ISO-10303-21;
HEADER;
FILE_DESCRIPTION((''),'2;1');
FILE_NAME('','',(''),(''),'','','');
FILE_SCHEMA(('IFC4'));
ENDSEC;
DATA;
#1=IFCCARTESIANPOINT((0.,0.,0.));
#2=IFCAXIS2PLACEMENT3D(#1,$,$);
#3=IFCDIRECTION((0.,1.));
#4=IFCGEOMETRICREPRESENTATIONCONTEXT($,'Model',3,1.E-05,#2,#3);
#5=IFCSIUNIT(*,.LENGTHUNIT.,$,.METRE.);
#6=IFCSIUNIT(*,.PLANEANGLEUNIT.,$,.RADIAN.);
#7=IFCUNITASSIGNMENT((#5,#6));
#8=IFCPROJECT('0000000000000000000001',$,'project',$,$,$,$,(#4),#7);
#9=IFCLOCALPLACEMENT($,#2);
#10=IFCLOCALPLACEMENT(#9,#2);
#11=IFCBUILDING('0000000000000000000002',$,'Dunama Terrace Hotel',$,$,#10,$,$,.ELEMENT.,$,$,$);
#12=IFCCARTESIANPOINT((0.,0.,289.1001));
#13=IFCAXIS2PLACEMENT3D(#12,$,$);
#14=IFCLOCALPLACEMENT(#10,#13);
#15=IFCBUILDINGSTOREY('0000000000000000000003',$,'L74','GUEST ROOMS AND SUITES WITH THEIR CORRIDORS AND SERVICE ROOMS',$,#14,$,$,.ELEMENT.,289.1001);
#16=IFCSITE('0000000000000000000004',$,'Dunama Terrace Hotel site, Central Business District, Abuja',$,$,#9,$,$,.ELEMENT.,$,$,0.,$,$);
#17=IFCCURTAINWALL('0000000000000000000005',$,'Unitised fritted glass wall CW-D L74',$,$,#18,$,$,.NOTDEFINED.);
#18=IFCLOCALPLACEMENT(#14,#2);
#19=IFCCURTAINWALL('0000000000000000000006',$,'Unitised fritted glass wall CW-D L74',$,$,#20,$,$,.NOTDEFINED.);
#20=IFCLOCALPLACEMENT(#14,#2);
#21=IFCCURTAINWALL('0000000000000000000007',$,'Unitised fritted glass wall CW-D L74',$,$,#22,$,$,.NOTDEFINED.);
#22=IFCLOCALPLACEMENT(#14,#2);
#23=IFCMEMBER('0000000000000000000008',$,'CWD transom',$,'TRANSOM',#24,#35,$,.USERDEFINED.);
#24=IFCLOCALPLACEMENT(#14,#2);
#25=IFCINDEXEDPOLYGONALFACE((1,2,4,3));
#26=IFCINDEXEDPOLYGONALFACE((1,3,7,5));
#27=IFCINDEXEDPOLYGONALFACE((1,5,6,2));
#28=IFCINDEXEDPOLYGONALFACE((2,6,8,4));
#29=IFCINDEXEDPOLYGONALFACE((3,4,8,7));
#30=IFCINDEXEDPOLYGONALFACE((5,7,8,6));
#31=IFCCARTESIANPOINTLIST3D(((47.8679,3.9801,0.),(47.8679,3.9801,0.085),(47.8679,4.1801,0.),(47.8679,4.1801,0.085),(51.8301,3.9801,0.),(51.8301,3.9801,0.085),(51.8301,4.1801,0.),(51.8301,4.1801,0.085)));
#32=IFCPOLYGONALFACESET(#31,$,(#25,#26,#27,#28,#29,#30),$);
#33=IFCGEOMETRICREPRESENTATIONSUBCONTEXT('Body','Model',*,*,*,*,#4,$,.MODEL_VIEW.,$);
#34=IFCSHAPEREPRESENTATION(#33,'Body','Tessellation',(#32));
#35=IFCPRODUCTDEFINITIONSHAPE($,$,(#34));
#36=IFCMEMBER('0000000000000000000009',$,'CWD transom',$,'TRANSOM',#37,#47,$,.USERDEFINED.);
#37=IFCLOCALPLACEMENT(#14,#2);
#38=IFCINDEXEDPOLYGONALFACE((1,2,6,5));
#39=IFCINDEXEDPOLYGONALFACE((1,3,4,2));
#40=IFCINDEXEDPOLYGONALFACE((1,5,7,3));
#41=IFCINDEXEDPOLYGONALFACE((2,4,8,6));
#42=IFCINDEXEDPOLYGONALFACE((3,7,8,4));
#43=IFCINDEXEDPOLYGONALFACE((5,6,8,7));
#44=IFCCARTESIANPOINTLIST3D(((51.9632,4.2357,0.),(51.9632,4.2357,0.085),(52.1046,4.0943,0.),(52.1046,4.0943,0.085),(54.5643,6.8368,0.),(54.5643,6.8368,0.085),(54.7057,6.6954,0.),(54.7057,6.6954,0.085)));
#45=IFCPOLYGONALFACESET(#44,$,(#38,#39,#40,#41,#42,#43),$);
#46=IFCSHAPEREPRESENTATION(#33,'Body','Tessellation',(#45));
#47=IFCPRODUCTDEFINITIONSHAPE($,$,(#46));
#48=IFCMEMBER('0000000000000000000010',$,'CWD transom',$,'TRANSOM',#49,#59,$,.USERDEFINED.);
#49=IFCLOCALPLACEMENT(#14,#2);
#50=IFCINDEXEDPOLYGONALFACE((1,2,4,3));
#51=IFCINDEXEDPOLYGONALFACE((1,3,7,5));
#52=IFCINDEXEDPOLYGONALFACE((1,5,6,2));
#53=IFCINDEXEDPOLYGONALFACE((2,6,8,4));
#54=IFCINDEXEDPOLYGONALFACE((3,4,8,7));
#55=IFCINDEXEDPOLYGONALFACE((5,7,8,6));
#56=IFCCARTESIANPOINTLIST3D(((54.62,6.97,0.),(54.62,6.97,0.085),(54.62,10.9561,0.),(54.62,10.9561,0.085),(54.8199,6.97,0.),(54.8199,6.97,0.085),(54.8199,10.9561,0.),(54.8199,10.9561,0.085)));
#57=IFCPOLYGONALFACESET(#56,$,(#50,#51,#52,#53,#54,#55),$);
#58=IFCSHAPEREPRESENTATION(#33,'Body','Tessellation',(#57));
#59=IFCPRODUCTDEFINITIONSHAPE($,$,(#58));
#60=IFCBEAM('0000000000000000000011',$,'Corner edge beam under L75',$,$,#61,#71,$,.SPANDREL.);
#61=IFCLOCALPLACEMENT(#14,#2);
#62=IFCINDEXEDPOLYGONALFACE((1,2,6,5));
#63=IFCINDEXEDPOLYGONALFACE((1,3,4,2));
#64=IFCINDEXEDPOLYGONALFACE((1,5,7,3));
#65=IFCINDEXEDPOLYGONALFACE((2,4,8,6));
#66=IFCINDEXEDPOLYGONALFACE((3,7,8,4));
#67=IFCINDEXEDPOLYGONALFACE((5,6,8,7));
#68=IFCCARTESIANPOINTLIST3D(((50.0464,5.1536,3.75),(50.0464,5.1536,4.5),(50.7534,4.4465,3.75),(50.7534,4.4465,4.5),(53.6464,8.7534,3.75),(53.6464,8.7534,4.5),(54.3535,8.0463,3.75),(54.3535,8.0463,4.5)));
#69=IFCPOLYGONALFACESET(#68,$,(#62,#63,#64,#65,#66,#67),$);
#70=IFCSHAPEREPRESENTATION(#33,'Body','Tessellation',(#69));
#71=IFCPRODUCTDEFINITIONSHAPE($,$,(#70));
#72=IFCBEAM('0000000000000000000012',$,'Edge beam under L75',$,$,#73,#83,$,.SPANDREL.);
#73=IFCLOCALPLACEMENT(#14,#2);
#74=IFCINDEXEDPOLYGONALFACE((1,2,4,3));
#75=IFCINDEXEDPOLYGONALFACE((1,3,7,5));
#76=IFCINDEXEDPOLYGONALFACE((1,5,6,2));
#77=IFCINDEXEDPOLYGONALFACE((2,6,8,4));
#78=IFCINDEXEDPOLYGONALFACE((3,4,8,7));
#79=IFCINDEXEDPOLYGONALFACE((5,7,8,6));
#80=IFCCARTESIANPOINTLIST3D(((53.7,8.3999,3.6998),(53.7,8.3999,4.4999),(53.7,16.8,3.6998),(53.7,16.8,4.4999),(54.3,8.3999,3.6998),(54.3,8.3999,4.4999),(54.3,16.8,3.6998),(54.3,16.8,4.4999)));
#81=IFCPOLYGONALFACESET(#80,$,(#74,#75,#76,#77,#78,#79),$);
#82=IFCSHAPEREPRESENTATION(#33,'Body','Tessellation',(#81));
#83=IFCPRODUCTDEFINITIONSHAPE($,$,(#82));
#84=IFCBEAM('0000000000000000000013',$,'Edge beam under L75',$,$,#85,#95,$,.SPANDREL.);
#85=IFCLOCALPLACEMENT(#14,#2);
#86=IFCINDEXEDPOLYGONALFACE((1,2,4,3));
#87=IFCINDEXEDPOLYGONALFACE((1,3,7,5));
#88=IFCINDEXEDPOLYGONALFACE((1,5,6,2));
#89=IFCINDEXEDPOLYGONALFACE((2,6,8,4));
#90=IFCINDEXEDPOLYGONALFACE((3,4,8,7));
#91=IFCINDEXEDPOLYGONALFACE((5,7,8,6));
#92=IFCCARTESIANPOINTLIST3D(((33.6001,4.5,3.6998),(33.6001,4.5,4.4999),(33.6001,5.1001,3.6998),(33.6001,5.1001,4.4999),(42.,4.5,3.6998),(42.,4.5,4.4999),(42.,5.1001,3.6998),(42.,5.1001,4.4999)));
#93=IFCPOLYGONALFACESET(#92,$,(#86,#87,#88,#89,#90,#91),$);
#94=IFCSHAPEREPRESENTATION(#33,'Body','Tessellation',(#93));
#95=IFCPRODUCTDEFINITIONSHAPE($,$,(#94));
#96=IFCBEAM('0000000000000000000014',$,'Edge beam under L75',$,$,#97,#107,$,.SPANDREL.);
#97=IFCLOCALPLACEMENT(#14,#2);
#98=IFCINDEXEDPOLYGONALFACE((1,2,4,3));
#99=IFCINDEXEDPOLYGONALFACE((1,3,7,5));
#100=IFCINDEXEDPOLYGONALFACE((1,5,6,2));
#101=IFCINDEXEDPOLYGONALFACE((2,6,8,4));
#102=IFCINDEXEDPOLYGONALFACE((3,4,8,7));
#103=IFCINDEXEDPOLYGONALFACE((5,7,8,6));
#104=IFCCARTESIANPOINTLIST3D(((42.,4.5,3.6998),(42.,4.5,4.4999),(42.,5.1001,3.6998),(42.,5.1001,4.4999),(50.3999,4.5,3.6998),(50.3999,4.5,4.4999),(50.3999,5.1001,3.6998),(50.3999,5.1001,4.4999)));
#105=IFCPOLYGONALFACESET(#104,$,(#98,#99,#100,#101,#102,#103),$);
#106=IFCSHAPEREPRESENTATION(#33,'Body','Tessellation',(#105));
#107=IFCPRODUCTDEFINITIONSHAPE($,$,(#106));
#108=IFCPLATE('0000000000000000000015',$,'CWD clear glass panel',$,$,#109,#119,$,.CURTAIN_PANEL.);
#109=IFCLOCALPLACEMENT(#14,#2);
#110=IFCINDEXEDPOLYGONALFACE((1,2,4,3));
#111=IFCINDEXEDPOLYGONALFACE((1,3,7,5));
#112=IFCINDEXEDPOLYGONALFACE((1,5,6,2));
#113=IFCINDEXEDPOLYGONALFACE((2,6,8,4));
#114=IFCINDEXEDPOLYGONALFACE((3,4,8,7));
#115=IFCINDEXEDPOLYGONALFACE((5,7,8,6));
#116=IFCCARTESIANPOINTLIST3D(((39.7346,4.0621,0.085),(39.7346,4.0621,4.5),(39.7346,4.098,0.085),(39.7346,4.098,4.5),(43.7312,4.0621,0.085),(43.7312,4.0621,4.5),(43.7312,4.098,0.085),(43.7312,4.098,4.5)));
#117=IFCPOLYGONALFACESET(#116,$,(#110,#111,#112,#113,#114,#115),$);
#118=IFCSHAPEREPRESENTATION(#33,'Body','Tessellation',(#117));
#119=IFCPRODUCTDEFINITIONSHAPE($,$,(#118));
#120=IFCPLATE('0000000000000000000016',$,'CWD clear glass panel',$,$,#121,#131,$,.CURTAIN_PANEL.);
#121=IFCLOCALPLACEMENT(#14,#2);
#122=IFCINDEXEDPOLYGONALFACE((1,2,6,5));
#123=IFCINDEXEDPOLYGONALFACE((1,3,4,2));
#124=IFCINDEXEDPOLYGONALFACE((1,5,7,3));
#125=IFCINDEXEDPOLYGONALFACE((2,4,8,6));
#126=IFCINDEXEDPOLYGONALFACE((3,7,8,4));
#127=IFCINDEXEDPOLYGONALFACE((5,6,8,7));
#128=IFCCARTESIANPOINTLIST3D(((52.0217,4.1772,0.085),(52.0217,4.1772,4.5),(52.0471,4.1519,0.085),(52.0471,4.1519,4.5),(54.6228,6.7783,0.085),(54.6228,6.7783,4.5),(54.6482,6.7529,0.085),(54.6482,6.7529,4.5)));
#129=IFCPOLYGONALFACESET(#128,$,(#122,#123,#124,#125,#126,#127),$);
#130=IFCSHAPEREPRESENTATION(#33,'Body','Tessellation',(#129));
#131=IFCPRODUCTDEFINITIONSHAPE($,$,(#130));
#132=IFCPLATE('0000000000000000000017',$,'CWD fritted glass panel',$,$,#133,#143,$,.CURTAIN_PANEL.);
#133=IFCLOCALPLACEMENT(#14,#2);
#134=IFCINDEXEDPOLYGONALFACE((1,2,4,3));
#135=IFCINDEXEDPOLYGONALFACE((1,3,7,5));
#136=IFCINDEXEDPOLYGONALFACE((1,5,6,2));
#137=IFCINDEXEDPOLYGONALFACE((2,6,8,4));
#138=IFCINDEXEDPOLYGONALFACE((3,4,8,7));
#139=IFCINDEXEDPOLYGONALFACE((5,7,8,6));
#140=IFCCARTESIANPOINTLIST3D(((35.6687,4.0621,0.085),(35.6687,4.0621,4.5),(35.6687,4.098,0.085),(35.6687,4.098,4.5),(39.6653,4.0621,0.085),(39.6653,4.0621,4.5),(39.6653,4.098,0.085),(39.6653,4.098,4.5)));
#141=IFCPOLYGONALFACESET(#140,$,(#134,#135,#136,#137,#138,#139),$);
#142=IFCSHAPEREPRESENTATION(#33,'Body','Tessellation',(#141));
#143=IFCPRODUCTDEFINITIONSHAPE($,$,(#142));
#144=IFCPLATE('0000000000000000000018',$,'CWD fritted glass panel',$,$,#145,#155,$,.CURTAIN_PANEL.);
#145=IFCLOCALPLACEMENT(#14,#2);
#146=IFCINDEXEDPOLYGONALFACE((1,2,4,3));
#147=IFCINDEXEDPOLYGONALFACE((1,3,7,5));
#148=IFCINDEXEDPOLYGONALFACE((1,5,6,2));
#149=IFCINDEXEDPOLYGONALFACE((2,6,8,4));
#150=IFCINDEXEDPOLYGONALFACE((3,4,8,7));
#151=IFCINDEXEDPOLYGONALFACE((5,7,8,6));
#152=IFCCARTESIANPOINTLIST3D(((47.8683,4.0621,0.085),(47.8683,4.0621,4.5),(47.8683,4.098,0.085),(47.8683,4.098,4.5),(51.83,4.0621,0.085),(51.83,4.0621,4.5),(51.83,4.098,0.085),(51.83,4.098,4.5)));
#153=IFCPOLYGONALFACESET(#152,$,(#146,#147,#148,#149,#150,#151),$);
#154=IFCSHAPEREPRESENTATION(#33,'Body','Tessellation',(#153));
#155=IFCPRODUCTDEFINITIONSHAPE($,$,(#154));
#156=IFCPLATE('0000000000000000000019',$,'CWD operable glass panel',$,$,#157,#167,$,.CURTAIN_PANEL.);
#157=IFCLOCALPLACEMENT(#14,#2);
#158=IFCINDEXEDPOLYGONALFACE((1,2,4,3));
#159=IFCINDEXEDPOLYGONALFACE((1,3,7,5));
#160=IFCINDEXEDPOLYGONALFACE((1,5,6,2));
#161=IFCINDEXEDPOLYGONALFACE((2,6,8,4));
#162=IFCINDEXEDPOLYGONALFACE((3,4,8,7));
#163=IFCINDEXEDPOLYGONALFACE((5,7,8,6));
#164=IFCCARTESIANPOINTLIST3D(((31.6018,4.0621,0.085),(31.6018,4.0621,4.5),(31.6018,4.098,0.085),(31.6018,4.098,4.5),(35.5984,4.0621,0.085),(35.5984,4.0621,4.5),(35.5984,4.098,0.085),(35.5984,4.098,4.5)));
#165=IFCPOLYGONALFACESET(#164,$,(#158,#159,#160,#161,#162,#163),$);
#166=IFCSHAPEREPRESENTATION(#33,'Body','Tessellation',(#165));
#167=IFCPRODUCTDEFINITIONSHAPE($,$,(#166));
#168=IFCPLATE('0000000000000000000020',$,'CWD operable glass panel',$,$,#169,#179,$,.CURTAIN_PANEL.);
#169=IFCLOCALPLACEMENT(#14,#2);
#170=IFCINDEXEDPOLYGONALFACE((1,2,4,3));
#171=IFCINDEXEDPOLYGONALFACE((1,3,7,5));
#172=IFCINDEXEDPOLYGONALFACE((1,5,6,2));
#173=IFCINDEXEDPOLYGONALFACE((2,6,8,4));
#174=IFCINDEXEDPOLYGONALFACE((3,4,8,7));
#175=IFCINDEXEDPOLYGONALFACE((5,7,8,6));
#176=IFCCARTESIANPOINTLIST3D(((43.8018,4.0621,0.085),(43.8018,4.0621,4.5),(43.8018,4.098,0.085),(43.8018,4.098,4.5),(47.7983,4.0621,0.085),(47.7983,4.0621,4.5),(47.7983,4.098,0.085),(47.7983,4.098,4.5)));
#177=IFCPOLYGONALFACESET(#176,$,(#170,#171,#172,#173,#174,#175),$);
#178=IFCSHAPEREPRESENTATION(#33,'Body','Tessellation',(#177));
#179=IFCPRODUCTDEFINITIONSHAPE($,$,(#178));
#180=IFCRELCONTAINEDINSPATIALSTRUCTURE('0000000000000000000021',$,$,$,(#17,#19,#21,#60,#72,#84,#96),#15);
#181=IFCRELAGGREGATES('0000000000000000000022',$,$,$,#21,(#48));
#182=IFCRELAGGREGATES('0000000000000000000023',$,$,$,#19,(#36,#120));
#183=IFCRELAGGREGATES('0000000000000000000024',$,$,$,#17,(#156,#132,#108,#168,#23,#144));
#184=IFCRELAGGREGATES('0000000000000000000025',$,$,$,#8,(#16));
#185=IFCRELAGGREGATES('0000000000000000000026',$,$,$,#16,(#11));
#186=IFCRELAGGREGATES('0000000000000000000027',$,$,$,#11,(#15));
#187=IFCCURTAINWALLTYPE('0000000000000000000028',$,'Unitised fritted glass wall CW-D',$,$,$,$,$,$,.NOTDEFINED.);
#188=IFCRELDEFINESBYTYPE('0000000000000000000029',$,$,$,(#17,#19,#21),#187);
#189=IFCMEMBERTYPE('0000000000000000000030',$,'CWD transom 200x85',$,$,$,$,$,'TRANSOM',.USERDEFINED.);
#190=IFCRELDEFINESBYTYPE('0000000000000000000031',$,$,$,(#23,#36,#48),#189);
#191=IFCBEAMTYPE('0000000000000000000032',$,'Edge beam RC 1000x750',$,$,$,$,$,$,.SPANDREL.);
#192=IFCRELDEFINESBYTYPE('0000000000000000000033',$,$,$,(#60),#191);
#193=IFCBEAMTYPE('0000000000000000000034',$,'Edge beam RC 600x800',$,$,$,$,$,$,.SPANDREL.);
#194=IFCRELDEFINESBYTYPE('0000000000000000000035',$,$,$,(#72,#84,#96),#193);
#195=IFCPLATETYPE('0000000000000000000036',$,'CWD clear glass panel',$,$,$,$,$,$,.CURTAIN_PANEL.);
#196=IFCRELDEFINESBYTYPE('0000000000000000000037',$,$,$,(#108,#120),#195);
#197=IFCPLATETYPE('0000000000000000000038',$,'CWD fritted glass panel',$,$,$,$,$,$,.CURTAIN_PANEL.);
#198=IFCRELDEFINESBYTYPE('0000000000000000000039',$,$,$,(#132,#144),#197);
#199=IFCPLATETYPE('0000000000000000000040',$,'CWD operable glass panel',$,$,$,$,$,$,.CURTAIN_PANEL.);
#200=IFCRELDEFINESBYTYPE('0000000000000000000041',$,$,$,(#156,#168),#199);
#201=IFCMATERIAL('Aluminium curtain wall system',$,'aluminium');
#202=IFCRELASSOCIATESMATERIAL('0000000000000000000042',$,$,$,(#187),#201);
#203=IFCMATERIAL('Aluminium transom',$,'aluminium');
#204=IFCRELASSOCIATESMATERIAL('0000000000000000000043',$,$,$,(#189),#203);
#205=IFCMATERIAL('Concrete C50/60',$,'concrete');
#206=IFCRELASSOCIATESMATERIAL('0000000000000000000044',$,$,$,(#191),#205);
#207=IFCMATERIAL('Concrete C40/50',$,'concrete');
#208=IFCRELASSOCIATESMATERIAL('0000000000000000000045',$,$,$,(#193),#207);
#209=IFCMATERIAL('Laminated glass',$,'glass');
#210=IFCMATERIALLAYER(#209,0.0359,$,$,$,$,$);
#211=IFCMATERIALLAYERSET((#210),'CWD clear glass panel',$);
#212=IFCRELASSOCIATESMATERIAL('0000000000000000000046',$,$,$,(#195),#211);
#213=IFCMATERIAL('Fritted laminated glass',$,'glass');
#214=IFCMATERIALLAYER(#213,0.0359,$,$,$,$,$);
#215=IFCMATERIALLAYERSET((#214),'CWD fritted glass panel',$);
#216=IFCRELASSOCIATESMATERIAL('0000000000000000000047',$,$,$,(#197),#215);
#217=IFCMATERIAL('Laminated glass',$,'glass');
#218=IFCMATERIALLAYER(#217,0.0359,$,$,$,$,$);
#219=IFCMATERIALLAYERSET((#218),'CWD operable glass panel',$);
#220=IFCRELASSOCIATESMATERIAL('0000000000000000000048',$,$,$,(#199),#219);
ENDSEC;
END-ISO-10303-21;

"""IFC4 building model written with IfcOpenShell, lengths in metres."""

from ifc_helpers import new_model, si_unit, direction, frame, origin, origin_2d, place, context, subcontext, project, spatial, rectangle, extrude, material, layer, layer_set, material_profile, profile_set, type_object, element, aggregate, save


model = new_model("IFC4")

# Units and contexts
model_context = context("Model", 3, precision=1e-05, world=origin(), true_north=direction((0.0, 1.0)))
body_context = subcontext(model_context, "Body", "Model", "MODEL_VIEW")
ifc_project = project(units=[si_unit("LENGTHUNIT", "METRE"), si_unit("PLANEANGLEUNIT", "RADIAN")], contexts=[model_context])

# Site, building, storey
site_placement = place(None, origin())
site = spatial("IfcSite", under=ifc_project, at=site_placement, Name="Dunama Terrace Hotel site, Central Business District, Abuja", CompositionType="ELEMENT", RefElevation=0.0)
building_placement = place(site_placement, origin())
building = spatial("IfcBuilding", under=site, at=building_placement, Name="Dunama Terrace Hotel", CompositionType="ELEMENT")
storey_placement = place(building_placement, frame((0.0, 0.0, 289.1001)))
storey = spatial("IfcBuildingStorey", under=building, at=storey_placement, Name="L74", Description="GUEST ROOMS AND SUITES WITH THEIR CORRIDORS AND SERVICE ROOMS", CompositionType="ELEMENT", Elevation=289.1001)

# Curtain walls
ifc_material_1 = material(Name="Aluminium curtain wall system", Category="aluminium")
curtain_wall_type = type_object("IfcCurtainWallType", Name="Unitised fritted glass wall CW-D", PredefinedType="NOTDEFINED", material=ifc_material_1)
curtain_wall_1_placement = place(storey_placement, origin())
curtain_wall_1 = element("IfcCurtainWall", 1, at=curtain_wall_1_placement, inside=storey, type_object=curtain_wall_type, Name="Unitised fritted glass wall CW-D L74", PredefinedType="NOTDEFINED")
curtain_wall_2_placement = place(storey_placement, origin())
curtain_wall_2 = element("IfcCurtainWall", 2, at=curtain_wall_2_placement, inside=storey, type_object=curtain_wall_type, Name="Unitised fritted glass wall CW-D L74", PredefinedType="NOTDEFINED")

# Curtain wall
curtain_wall_3_placement = place(storey_placement, origin())
curtain_wall_3 = element("IfcCurtainWall", 3, at=curtain_wall_3_placement, inside=storey, type_object=curtain_wall_type, Name="Unitised fritted glass wall CW-D L74", PredefinedType="NOTDEFINED")

# Members
ifc_material_2 = material(Name="Aluminium transom", Category="aluminium")
ifc_material_profile_1 = material_profile(ifc_material_2, rectangle(XDim=0.2, YDim=0.085, at=origin_2d()), Name="CWD TRANSOM 200X85")
ifc_profile_set_1 = profile_set([ifc_material_profile_1], Name="Aluminium transom")
member_type_1 = type_object("IfcMemberType", Name="CWD transom 200x85", ElementType="TRANSOM", PredefinedType="USERDEFINED", material=ifc_profile_set_1)
member_1_placement = place(storey_placement, frame((47.8679, 4.0801, 0.0425), z_axis=(1.0, 0.0, 0.0), x_axis=(0.0, 1.0, 0.0)))
member_1 = element("IfcMember", 4, at=member_1_placement, type_object=member_type_1, Name="CWD transom", ObjectType="TRANSOM", PredefinedType="USERDEFINED", context=body_context, shape_type="SweptSolid", body=[
    extrude(rectangle(XDim=0.2, YDim=0.085, at=origin_2d()), origin(), (0.0, 0.0, 1.0), 3.9622),
])
member_2_placement = place(storey_placement, frame((52.0339, 4.165, 0.0425), z_axis=(0.707107, 0.707107, 0.0), x_axis=(-0.707107, 0.707107, 0.0)))
member_2 = element("IfcMember", 5, at=member_2_placement, type_object=member_type_1, Name="CWD transom", ObjectType="TRANSOM", PredefinedType="USERDEFINED", context=body_context, shape_type="SweptSolid", body=[
    extrude(rectangle(XDim=0.2, YDim=0.085, at=origin_2d()), origin(), (0.0, 0.0, 1.0), 3.6785),
])
member_3_placement = place(storey_placement, frame((54.72, 6.97, 0.0425), z_axis=(0.0, 1.0, 0.0), x_axis=(-1.0, 0.0, 0.0)))
member_3 = element("IfcMember", 6, at=member_3_placement, type_object=member_type_1, Name="CWD transom", ObjectType="TRANSOM", PredefinedType="USERDEFINED", context=body_context, shape_type="SweptSolid", body=[
    extrude(rectangle(XDim=0.2, YDim=0.085, at=origin_2d()), origin(), (0.0, 0.0, 1.0), 3.9861),
])
aggregate(curtain_wall_3, [member_3])

# Beams
ifc_material_3 = material(Name="Concrete C50/60", Category="concrete")
ifc_material_profile_2 = material_profile(ifc_material_3, rectangle(XDim=1.0, YDim=0.75, at=origin_2d()), Name="RC 1000x750")
ifc_profile_set_2 = profile_set([ifc_material_profile_2], Name="Concrete C50/60")
beam_type_1 = type_object("IfcBeamType", Name="Edge beam RC 1000x750", PredefinedType="SPANDREL", material=ifc_profile_set_2)
beam_1_placement = place(storey_placement, frame((50.3999, 4.8, 4.125), z_axis=(0.707131, 0.707083, 0.0), x_axis=(-0.707083, 0.707131, 0.0)))
element("IfcBeam", 7, at=beam_1_placement, inside=storey, type_object=beam_type_1, Name="Corner edge beam under L75", PredefinedType="SPANDREL", context=body_context, shape_type="SweptSolid", body=[
    extrude(rectangle(XDim=1.0, YDim=0.75, at=origin_2d()), origin(), (0.0, 0.0, 1.0), 5.0911),
])
ifc_material_4 = material(Name="Concrete C40/50", Category="concrete")
ifc_material_profile_3 = material_profile(ifc_material_4, rectangle(XDim=0.6001, YDim=0.8, at=origin_2d()), Name="RC 600x800")
ifc_profile_set_3 = profile_set([ifc_material_profile_3], Name="Concrete C40/50")
beam_type_2 = type_object("IfcBeamType", Name="Edge beam RC 600x800", PredefinedType="SPANDREL", material=ifc_profile_set_3)
beam_2_placement = place(storey_placement, frame((54.0, 8.3999, 4.0999), z_axis=(0.0, 1.0, 0.0), x_axis=(-1.0, 0.0, 0.0)))
element("IfcBeam", 8, at=beam_2_placement, inside=storey, type_object=beam_type_2, Name="Edge beam under L75", PredefinedType="SPANDREL", context=body_context, shape_type="SweptSolid", body=[
    extrude(rectangle(XDim=0.6001, YDim=0.8, at=origin_2d()), origin(), (0.0, 0.0, 1.0), 8.4001),
])
for number, where, z_axis, x_axis, name in (
    (9, (33.6001, 4.8, 4.0999), (1.0, 0.0, 0.0), (0.0, 1.0, 0.0), "Edge beam under L75"),
    (10, (42.0, 4.8, 4.0999), (1.0, 0.0, 0.0), (0.0, 1.0, 0.0), "Edge beam under L75"),
):
    element("IfcBeam", number, at=place(storey_placement, frame(where, z_axis=z_axis, x_axis=x_axis)), inside=storey, type_object=beam_type_2, Name=name, PredefinedType="SPANDREL", context=body_context, shape_type="SweptSolid", body=[
        extrude(rectangle(XDim=0.6001, YDim=0.8, at=origin_2d()), origin(), (0.0, 0.0, 1.0), 8.3999),
    ])

# Plates
ifc_material_5 = material(Name="Laminated glass", Category="glass")
ifc_layer_1 = layer(ifc_material_5, 0.0359)
ifc_layer_set_1 = layer_set([ifc_layer_1], Name="CWD clear glass panel")
plate_type_1 = type_object("IfcPlateType", Name="CWD clear glass panel", PredefinedType="CURTAIN_PANEL", material=ifc_layer_set_1)
plate_1_placement = place(storey_placement, frame((41.7329, 4.0801, 0.085), z_axis=(0.0, 0.0, 1.0), x_axis=(1.0, 0.0, 0.0)))
plate_1 = element("IfcPlate", 11, at=plate_1_placement, type_object=plate_type_1, Name="CWD clear glass panel", PredefinedType="CURTAIN_PANEL", context=body_context, shape_type="SweptSolid", body=[
    extrude(rectangle(XDim=3.9966, YDim=0.0359, at=origin_2d()), origin(), (0.0, 0.0, 1.0), 4.415),
])
plate_2_placement = place(storey_placement, frame((53.335, 5.4651, 0.085), z_axis=(0.0, 0.0, 1.0), x_axis=(0.707107, 0.707107, 0.0)))
plate_2 = element("IfcPlate", 12, at=plate_2_placement, type_object=plate_type_1, Name="CWD clear glass panel", PredefinedType="CURTAIN_PANEL", context=body_context, shape_type="SweptSolid", body=[
    extrude(rectangle(XDim=3.6785, YDim=0.0359, at=origin_2d()), origin(), (0.0, 0.0, 1.0), 4.415),
])
aggregate(curtain_wall_2, [member_2, plate_2])
ifc_material_6 = material(Name="Fritted laminated glass", Category="glass")
ifc_layer_2 = layer(ifc_material_6, 0.0359)
ifc_layer_set_2 = layer_set([ifc_layer_2], Name="CWD fritted glass panel")
plate_type_2 = type_object("IfcPlateType", Name="CWD fritted glass panel", PredefinedType="CURTAIN_PANEL", material=ifc_layer_set_2)
plate_3_placement = place(storey_placement, frame((37.667, 4.0801, 0.085), z_axis=(0.0, 0.0, 1.0), x_axis=(1.0, 0.0, 0.0)))
plate_3 = element("IfcPlate", 13, at=plate_3_placement, type_object=plate_type_2, Name="CWD fritted glass panel", PredefinedType="CURTAIN_PANEL", context=body_context, shape_type="SweptSolid", body=[
    extrude(rectangle(XDim=3.9966, YDim=0.0359, at=origin_2d()), origin(), (0.0, 0.0, 1.0), 4.415),
])
plate_4_placement = place(storey_placement, frame((49.8491, 4.0801, 0.085), z_axis=(0.0, 0.0, 1.0), x_axis=(1.0, 0.0, 0.0)))
plate_4 = element("IfcPlate", 14, at=plate_4_placement, type_object=plate_type_2, Name="CWD fritted glass panel", PredefinedType="CURTAIN_PANEL", context=body_context, shape_type="SweptSolid", body=[
    extrude(rectangle(XDim=3.9617, YDim=0.0359, at=origin_2d()), origin(), (0.0, 0.0, 1.0), 4.415),
])
ifc_material_7 = material(Name="Laminated glass", Category="glass")
ifc_layer_3 = layer(ifc_material_7, 0.0359)
ifc_layer_set_3 = layer_set([ifc_layer_3], Name="CWD operable glass panel")
plate_type_3 = type_object("IfcPlateType", Name="CWD operable glass panel", PredefinedType="CURTAIN_PANEL", material=ifc_layer_set_3)
plate_5_placement = place(storey_placement, frame((33.6001, 4.0801, 0.085), z_axis=(0.0, 0.0, 1.0), x_axis=(1.0, 0.0, 0.0)))
plate_5 = element("IfcPlate", 15, at=plate_5_placement, type_object=plate_type_3, Name="CWD operable glass panel", PredefinedType="CURTAIN_PANEL", context=body_context, shape_type="SweptSolid", body=[
    extrude(rectangle(XDim=3.9966, YDim=0.0359, at=origin_2d()), origin(), (0.0, 0.0, 1.0), 4.415),
])
plate_6_placement = place(storey_placement, frame((45.8, 4.0801, 0.085), z_axis=(0.0, 0.0, 1.0), x_axis=(1.0, 0.0, 0.0)))
plate_6 = element("IfcPlate", 16, at=plate_6_placement, type_object=plate_type_3, Name="CWD operable glass panel", PredefinedType="CURTAIN_PANEL", context=body_context, shape_type="SweptSolid", body=[
    extrude(rectangle(XDim=3.9966, YDim=0.0359, at=origin_2d()), origin(), (0.0, 0.0, 1.0), 4.415),
])
aggregate(curtain_wall_1, [plate_5, plate_3, plate_1, plate_6, member_1, plate_4])

save(model, "model.ifc")
